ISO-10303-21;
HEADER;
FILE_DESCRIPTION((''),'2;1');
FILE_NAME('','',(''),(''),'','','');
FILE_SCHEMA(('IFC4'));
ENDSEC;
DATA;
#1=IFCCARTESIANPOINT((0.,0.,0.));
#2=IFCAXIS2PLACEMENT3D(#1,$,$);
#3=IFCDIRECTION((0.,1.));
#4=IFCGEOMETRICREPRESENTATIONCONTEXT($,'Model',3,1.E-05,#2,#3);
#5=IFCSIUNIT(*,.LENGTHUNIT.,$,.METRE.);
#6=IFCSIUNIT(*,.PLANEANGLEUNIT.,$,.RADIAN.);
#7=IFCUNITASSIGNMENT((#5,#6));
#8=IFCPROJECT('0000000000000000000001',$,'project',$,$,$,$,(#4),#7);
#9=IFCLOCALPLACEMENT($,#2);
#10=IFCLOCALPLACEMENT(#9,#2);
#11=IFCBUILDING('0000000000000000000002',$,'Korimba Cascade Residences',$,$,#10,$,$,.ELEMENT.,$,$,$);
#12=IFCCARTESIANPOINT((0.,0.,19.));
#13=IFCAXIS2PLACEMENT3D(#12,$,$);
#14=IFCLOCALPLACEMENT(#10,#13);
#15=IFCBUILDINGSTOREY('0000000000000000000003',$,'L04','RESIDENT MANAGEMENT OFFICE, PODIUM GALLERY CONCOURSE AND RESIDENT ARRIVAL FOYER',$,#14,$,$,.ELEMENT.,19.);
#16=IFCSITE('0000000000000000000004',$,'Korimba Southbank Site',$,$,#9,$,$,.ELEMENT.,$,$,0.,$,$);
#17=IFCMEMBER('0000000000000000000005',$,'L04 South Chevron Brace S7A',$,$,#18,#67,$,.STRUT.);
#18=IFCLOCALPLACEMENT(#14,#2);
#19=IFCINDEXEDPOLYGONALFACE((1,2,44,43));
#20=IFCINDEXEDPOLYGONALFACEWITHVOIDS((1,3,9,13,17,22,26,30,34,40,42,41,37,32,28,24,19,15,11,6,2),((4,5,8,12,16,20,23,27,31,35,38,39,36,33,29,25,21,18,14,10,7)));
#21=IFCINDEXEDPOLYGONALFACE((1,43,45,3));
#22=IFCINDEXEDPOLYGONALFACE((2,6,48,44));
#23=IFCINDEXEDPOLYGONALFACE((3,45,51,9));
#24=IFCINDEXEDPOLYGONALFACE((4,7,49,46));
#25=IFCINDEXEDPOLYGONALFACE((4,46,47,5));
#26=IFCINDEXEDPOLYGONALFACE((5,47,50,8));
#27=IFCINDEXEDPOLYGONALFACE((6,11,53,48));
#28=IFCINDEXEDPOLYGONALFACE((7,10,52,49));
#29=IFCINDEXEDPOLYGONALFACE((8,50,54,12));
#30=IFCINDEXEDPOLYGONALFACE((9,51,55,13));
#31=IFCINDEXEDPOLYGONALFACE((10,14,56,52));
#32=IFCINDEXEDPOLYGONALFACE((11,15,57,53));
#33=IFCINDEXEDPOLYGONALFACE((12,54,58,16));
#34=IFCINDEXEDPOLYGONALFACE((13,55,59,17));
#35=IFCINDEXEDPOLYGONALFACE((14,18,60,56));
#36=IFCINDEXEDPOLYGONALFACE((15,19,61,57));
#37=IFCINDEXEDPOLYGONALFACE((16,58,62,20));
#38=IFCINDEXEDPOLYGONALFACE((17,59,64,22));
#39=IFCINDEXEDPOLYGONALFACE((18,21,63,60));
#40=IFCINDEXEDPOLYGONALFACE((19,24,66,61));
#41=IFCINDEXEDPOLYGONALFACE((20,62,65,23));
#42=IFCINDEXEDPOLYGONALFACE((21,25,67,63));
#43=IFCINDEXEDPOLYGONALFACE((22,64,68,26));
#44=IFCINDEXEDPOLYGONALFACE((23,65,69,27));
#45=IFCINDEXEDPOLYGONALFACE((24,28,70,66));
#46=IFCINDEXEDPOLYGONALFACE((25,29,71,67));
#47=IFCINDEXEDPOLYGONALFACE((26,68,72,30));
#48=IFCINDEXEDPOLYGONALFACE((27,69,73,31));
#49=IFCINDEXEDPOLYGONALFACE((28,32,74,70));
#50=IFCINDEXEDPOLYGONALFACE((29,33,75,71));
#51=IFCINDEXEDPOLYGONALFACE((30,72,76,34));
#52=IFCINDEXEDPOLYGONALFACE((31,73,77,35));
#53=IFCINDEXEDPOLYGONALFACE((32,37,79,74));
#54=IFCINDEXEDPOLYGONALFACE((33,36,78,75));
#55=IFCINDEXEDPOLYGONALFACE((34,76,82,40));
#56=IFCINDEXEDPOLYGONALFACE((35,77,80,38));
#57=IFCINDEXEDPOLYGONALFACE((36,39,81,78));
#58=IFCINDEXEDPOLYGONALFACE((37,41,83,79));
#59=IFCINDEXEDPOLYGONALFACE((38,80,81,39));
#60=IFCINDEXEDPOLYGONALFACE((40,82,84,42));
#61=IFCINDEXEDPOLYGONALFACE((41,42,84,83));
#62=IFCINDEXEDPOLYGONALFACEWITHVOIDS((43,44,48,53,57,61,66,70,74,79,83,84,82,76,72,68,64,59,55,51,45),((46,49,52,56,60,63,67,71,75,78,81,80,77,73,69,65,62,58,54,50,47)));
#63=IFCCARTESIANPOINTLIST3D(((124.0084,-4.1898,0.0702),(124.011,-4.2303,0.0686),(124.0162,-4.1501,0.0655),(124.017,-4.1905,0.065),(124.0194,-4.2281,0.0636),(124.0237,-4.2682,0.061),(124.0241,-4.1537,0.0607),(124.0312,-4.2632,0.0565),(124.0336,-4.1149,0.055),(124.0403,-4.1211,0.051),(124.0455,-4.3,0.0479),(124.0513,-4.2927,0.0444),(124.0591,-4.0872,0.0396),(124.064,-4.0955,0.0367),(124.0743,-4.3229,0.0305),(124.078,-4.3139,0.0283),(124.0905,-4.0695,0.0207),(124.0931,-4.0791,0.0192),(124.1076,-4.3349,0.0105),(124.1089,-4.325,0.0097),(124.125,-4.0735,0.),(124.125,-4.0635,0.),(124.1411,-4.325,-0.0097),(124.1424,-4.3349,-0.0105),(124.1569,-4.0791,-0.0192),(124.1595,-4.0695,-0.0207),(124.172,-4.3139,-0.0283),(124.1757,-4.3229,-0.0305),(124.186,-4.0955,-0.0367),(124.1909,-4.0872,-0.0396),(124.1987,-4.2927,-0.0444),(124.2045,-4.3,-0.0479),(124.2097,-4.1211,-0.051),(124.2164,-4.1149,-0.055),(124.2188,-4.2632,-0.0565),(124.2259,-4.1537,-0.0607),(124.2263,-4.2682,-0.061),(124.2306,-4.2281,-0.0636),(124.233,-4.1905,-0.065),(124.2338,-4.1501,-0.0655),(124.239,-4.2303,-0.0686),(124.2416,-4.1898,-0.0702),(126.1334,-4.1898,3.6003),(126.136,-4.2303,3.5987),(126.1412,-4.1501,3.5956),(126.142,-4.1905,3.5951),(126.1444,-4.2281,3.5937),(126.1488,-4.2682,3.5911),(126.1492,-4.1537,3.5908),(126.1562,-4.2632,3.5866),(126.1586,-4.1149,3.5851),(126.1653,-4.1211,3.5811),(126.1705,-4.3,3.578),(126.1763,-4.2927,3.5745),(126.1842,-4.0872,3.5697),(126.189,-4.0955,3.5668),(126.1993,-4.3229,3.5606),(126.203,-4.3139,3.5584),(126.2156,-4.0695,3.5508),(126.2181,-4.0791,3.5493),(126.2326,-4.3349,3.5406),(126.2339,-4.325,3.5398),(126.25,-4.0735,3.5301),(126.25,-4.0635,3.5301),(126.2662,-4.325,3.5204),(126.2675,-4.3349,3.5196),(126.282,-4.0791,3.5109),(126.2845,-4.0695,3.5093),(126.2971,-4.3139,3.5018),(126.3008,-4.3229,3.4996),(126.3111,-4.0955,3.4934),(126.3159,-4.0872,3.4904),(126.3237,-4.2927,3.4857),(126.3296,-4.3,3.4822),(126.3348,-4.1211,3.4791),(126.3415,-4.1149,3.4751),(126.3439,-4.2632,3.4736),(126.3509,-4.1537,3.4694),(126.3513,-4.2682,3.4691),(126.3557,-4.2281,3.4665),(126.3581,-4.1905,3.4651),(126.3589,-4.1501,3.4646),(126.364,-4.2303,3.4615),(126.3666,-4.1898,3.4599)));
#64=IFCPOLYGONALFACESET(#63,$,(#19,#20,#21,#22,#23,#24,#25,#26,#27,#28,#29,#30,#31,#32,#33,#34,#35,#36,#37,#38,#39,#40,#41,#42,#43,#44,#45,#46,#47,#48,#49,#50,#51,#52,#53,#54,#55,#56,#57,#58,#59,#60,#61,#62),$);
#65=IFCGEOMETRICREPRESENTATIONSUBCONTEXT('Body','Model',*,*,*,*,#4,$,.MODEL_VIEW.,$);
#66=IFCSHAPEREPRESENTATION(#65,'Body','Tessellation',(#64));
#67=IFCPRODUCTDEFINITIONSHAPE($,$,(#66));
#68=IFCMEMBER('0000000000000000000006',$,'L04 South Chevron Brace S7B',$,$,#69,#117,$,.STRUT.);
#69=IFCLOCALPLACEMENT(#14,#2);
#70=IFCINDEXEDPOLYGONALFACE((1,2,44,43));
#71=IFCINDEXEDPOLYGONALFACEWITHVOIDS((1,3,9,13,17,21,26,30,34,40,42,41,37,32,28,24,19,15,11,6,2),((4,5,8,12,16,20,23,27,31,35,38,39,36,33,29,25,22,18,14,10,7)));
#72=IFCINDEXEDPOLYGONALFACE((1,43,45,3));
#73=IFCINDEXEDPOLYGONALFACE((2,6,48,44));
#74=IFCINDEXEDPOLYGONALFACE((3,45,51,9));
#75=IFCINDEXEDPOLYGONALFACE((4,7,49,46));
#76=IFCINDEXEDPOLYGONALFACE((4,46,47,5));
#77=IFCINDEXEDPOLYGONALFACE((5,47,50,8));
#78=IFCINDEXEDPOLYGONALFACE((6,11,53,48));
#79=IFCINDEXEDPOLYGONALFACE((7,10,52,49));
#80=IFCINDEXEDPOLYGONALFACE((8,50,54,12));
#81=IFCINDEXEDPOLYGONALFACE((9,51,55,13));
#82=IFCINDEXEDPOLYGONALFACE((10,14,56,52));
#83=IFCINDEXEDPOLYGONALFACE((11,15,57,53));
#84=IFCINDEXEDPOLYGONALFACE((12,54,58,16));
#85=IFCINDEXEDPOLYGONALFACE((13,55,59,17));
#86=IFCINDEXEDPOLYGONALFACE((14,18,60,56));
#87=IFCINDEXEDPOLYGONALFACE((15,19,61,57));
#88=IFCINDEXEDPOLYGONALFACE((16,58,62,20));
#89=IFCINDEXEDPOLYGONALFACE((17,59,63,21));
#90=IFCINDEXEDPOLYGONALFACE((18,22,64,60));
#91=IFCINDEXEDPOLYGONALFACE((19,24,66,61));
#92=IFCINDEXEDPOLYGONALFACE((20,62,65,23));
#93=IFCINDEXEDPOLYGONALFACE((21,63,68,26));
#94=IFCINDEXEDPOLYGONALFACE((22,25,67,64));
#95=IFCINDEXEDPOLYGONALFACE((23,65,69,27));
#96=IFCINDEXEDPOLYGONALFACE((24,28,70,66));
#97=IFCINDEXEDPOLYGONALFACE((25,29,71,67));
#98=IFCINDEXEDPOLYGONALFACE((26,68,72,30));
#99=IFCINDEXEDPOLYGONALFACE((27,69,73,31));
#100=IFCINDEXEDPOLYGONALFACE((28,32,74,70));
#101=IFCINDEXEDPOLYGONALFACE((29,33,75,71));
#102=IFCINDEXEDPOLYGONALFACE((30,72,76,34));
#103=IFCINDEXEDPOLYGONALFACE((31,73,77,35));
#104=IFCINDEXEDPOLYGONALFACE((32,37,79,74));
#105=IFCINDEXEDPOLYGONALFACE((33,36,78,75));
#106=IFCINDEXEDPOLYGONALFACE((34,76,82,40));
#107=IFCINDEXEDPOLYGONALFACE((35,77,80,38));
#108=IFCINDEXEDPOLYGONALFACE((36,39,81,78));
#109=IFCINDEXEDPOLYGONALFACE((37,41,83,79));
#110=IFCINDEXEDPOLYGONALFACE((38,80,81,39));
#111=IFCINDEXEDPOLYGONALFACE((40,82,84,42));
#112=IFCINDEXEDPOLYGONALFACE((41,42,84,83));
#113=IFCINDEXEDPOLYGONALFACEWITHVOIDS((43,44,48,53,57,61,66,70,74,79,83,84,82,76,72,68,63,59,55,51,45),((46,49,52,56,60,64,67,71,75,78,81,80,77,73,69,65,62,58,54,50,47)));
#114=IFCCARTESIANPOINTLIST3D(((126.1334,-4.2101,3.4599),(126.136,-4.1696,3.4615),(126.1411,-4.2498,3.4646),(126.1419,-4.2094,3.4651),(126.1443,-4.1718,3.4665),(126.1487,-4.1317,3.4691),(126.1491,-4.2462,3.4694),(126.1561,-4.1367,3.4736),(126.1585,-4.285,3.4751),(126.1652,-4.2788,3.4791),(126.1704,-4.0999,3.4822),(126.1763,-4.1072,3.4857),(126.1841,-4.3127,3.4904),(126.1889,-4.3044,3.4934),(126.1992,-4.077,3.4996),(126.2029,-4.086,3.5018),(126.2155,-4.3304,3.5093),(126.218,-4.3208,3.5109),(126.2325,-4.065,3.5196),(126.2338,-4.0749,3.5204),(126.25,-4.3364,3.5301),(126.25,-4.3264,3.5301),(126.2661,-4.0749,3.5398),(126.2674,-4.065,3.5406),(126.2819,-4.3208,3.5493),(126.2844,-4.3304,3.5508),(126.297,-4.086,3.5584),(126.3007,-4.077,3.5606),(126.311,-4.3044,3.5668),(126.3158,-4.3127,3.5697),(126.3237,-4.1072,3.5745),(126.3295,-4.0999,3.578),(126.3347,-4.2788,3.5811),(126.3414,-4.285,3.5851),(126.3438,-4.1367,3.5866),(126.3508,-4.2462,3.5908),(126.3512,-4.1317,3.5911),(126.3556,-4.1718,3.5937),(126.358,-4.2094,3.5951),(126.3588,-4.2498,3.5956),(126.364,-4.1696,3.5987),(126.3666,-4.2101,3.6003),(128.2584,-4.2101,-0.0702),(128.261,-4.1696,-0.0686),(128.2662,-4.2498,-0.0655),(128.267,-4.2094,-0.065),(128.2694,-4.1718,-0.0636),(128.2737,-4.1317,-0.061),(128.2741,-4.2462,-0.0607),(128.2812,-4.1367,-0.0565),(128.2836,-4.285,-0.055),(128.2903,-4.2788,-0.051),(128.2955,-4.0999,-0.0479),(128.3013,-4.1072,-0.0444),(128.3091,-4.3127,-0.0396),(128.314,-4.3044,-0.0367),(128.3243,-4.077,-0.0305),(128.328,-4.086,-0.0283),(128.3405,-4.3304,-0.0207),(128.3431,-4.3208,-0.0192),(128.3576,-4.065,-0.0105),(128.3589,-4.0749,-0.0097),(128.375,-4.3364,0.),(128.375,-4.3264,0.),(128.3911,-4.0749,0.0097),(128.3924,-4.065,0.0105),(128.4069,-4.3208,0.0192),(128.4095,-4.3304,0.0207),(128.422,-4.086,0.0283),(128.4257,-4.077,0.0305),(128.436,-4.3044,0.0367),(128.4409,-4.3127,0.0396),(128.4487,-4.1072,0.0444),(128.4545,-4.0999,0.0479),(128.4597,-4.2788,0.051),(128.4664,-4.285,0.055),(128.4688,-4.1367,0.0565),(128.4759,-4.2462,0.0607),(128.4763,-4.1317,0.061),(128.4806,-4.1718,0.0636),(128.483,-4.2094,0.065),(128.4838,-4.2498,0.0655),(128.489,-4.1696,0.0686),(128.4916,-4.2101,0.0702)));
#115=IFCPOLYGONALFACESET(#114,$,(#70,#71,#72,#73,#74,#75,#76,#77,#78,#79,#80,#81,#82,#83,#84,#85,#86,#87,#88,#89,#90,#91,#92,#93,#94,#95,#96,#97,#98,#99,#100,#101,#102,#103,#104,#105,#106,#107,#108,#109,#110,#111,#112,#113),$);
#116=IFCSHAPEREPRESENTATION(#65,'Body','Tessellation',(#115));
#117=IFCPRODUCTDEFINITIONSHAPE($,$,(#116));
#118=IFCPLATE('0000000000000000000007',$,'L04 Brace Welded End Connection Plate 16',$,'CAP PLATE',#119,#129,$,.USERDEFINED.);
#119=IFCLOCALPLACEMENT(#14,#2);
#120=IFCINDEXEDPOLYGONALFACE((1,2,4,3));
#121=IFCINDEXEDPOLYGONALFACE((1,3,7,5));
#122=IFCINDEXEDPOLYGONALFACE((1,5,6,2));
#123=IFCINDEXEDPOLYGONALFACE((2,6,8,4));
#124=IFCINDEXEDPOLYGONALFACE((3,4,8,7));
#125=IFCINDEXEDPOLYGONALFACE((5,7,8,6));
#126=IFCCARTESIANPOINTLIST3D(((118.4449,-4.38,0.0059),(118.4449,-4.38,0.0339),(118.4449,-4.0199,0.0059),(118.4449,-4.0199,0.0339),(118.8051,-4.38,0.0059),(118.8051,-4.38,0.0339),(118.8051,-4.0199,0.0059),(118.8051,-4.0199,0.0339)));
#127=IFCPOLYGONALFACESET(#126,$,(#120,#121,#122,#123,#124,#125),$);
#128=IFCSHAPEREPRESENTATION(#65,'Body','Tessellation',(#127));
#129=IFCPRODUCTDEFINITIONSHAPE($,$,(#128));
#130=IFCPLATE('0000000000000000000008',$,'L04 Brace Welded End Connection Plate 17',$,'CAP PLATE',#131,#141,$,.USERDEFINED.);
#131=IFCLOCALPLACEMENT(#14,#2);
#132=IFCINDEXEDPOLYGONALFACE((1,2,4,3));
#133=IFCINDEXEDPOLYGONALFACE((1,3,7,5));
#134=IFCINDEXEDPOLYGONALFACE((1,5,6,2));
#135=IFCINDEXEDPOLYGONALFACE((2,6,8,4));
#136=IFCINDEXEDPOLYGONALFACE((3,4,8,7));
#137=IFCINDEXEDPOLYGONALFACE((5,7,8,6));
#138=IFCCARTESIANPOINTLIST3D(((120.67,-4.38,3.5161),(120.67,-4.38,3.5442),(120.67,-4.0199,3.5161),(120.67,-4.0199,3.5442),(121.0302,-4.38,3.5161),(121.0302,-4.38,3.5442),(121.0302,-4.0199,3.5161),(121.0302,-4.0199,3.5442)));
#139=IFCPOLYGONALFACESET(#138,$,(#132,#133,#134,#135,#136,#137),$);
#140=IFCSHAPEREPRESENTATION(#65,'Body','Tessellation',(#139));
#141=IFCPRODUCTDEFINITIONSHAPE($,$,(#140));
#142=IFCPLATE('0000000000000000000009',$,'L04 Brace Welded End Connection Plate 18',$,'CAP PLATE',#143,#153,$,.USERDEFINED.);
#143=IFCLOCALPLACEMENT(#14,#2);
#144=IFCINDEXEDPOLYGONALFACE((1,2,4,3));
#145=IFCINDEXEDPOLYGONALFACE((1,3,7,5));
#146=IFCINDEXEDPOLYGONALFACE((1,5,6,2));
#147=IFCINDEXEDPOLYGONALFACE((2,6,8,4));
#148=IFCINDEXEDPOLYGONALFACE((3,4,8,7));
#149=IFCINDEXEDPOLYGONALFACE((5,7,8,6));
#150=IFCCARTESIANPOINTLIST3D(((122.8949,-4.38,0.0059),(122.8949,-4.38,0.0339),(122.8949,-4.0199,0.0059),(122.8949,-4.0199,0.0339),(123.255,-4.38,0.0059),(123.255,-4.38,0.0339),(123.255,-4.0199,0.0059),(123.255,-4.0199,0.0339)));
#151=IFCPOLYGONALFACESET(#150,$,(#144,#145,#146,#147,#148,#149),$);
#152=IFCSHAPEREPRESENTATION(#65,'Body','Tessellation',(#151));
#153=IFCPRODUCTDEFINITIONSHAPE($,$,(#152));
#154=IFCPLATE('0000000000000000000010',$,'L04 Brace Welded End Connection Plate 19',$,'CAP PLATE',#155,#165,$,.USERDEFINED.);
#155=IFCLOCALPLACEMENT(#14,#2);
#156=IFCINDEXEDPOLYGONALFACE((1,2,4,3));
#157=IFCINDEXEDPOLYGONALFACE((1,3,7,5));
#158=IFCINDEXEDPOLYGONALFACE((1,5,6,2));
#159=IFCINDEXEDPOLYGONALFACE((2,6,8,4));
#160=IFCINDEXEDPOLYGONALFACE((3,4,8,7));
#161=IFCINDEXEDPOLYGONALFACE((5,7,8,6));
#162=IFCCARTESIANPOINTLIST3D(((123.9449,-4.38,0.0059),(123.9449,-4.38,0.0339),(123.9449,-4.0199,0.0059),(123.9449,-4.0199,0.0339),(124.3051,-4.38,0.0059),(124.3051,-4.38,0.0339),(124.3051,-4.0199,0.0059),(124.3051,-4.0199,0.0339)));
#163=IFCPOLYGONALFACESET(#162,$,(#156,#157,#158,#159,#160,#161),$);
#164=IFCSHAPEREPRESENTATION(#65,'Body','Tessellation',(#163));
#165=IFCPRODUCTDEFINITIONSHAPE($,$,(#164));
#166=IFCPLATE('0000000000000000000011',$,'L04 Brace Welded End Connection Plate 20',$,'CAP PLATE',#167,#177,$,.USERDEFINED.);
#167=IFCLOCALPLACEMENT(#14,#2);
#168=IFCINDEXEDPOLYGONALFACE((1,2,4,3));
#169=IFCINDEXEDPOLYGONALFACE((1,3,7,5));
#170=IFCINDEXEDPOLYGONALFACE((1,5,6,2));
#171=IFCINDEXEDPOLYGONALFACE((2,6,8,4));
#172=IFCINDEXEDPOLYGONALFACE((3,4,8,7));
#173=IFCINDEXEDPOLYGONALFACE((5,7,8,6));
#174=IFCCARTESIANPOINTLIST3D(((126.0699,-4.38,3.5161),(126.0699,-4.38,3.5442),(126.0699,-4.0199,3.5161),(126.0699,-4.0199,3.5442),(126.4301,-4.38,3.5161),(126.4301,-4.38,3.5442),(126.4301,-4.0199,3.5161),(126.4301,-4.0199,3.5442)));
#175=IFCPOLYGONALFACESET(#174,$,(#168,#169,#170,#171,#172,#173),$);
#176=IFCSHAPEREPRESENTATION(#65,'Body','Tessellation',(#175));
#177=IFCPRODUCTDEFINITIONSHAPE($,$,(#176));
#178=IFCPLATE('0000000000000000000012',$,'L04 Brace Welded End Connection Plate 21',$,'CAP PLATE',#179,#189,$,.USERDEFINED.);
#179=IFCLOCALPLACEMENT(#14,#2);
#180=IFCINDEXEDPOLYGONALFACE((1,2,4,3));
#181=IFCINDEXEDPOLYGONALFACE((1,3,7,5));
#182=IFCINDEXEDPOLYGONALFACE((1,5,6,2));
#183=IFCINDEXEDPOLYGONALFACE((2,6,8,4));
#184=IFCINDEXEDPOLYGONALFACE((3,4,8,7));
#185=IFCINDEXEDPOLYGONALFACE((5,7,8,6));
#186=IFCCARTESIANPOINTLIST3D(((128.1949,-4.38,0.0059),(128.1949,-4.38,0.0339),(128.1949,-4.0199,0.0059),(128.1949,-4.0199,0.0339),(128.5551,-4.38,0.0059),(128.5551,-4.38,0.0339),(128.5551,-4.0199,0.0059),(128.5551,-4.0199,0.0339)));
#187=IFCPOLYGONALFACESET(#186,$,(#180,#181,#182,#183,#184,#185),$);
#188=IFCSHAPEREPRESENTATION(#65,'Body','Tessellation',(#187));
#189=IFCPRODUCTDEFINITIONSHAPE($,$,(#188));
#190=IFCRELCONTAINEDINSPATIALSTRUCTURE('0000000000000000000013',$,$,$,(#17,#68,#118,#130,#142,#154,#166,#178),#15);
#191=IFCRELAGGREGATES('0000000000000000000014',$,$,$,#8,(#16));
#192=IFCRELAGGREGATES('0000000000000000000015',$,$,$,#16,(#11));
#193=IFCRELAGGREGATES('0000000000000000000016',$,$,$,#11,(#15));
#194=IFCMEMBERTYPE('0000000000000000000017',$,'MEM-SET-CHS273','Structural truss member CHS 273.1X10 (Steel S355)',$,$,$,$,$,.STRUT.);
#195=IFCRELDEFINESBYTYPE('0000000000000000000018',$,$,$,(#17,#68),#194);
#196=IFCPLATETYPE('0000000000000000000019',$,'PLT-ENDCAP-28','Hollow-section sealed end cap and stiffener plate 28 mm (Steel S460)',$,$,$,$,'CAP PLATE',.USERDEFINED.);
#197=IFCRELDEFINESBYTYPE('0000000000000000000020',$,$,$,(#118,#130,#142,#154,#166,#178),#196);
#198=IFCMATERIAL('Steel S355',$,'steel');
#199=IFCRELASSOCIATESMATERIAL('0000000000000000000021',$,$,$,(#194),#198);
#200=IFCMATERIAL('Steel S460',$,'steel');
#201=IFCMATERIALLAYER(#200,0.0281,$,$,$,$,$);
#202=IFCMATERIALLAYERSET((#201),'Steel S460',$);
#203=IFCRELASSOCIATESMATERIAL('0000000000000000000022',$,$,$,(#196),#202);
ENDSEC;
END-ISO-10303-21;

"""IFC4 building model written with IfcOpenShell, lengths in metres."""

from ifc_helpers import new_model, si_unit, direction, frame, origin, origin_2d, place, context, subcontext, project, spatial, rectangle, hollow_circle, extrude, material, layer, layer_set, material_profile, profile_set, type_object, element, save


model = new_model("IFC4")

# Units and contexts
model_context = context("Model", 3, precision=1e-05, world=origin(), true_north=direction((0.0, 1.0)))
body_context = subcontext(model_context, "Body", "Model", "MODEL_VIEW")
ifc_project = project(units=[si_unit("LENGTHUNIT", "METRE"), si_unit("PLANEANGLEUNIT", "RADIAN")], contexts=[model_context])

# Site, building, storey
site_placement = place(None, origin())
site = spatial("IfcSite", under=ifc_project, at=site_placement, Name="Korimba Southbank Site", CompositionType="ELEMENT", RefElevation=0.0)
building_placement = place(site_placement, origin())
building = spatial("IfcBuilding", under=site, at=building_placement, Name="Korimba Cascade Residences", CompositionType="ELEMENT")
storey_placement = place(building_placement, frame((0.0, 0.0, 19.0)))
storey = spatial("IfcBuildingStorey", under=building, at=storey_placement, Name="L04", Description="RESIDENT MANAGEMENT OFFICE, PODIUM GALLERY CONCOURSE AND RESIDENT ARRIVAL FOYER", CompositionType="ELEMENT", Elevation=19.0)

# Shared definitions
ifc_material_1 = material(Name="Steel S355", Category="steel")

# Members
ifc_material_profile_1 = material_profile(ifc_material_1, hollow_circle(Radius=0.1365, WallThickness=0.01, at=origin_2d()), Name="Steel S355")
ifc_profile_set_1 = profile_set([ifc_material_profile_1], Name="Steel S355")
member_type = type_object("IfcMemberType", Name="MEM-SET-CHS273", Description="Structural truss member CHS 273.1X10 (Steel S355)", PredefinedType="STRUT", material=ifc_profile_set_1)
for number, where, z_axis, x_axis, name in (
    (1, (124.125, -4.2, 0.0), (0.515741, 0.0, 0.856744), (0.0, 1.0, 0.0), "L04 South Chevron Brace S7A"),
    (2, (128.375, -4.2, 0.0), (-0.515741, 0.0, 0.856744), (0.0, -1.0, 0.0), "L04 South Chevron Brace S7B"),
):
    element("IfcMember", number, at=place(storey_placement, frame(where, z_axis=z_axis, x_axis=x_axis)), inside=storey, type_object=member_type, Name=name, PredefinedType="STRUT", context=body_context, shape_type="SweptSolid", body=[
        extrude(hollow_circle(Radius=0.1365, WallThickness=0.01, at=origin_2d()), origin(), (0.0, 0.0, 1.0), 4.1204),
    ])

# Plates
ifc_material_2 = material(Name="Steel S460", Category="steel")
ifc_layer_1 = layer(ifc_material_2, 0.0281)
ifc_layer_set_1 = layer_set([ifc_layer_1], Name="Steel S460")
plate_type = type_object("IfcPlateType", Name="PLT-ENDCAP-28", Description="Hollow-section sealed end cap and stiffener plate 28 mm (Steel S460)", ElementType="CAP PLATE", PredefinedType="USERDEFINED", material=ifc_layer_set_1)
for number, where, z_axis, x_axis, name in (
    (3, (118.625, -4.2, 0.0059), (0.0, 0.0, 1.0), (1.0, 0.0, 0.0), "L04 Brace Welded End Connection Plate 16"),
    (4, (120.8501, -4.2, 3.5161), (0.0, 0.0, 1.0), (1.0, 0.0, 0.0), "L04 Brace Welded End Connection Plate 17"),
    (5, (123.075, -4.2, 0.0059), (0.0, 0.0, 1.0), (1.0, 0.0, 0.0), "L04 Brace Welded End Connection Plate 18"),
    (6, (124.125, -4.2, 0.0059), (0.0, 0.0, 1.0), (1.0, 0.0, 0.0), "L04 Brace Welded End Connection Plate 19"),
    (7, (126.25, -4.2, 3.5161), (0.0, 0.0, 1.0), (1.0, 0.0, 0.0), "L04 Brace Welded End Connection Plate 20"),
    (8, (128.375, -4.2, 0.0059), (0.0, 0.0, 1.0), (1.0, 0.0, 0.0), "L04 Brace Welded End Connection Plate 21"),
):
    element("IfcPlate", number, at=place(storey_placement, frame(where, z_axis=z_axis, x_axis=x_axis)), inside=storey, type_object=plate_type, Name=name, ObjectType="CAP PLATE", PredefinedType="USERDEFINED", context=body_context, shape_type="SweptSolid", body=[
        extrude(rectangle(XDim=0.3601, YDim=0.3601, at=origin_2d()), origin(), (0.0, 0.0, 1.0), 0.0281),
    ])

save(model, "model.ifc")
